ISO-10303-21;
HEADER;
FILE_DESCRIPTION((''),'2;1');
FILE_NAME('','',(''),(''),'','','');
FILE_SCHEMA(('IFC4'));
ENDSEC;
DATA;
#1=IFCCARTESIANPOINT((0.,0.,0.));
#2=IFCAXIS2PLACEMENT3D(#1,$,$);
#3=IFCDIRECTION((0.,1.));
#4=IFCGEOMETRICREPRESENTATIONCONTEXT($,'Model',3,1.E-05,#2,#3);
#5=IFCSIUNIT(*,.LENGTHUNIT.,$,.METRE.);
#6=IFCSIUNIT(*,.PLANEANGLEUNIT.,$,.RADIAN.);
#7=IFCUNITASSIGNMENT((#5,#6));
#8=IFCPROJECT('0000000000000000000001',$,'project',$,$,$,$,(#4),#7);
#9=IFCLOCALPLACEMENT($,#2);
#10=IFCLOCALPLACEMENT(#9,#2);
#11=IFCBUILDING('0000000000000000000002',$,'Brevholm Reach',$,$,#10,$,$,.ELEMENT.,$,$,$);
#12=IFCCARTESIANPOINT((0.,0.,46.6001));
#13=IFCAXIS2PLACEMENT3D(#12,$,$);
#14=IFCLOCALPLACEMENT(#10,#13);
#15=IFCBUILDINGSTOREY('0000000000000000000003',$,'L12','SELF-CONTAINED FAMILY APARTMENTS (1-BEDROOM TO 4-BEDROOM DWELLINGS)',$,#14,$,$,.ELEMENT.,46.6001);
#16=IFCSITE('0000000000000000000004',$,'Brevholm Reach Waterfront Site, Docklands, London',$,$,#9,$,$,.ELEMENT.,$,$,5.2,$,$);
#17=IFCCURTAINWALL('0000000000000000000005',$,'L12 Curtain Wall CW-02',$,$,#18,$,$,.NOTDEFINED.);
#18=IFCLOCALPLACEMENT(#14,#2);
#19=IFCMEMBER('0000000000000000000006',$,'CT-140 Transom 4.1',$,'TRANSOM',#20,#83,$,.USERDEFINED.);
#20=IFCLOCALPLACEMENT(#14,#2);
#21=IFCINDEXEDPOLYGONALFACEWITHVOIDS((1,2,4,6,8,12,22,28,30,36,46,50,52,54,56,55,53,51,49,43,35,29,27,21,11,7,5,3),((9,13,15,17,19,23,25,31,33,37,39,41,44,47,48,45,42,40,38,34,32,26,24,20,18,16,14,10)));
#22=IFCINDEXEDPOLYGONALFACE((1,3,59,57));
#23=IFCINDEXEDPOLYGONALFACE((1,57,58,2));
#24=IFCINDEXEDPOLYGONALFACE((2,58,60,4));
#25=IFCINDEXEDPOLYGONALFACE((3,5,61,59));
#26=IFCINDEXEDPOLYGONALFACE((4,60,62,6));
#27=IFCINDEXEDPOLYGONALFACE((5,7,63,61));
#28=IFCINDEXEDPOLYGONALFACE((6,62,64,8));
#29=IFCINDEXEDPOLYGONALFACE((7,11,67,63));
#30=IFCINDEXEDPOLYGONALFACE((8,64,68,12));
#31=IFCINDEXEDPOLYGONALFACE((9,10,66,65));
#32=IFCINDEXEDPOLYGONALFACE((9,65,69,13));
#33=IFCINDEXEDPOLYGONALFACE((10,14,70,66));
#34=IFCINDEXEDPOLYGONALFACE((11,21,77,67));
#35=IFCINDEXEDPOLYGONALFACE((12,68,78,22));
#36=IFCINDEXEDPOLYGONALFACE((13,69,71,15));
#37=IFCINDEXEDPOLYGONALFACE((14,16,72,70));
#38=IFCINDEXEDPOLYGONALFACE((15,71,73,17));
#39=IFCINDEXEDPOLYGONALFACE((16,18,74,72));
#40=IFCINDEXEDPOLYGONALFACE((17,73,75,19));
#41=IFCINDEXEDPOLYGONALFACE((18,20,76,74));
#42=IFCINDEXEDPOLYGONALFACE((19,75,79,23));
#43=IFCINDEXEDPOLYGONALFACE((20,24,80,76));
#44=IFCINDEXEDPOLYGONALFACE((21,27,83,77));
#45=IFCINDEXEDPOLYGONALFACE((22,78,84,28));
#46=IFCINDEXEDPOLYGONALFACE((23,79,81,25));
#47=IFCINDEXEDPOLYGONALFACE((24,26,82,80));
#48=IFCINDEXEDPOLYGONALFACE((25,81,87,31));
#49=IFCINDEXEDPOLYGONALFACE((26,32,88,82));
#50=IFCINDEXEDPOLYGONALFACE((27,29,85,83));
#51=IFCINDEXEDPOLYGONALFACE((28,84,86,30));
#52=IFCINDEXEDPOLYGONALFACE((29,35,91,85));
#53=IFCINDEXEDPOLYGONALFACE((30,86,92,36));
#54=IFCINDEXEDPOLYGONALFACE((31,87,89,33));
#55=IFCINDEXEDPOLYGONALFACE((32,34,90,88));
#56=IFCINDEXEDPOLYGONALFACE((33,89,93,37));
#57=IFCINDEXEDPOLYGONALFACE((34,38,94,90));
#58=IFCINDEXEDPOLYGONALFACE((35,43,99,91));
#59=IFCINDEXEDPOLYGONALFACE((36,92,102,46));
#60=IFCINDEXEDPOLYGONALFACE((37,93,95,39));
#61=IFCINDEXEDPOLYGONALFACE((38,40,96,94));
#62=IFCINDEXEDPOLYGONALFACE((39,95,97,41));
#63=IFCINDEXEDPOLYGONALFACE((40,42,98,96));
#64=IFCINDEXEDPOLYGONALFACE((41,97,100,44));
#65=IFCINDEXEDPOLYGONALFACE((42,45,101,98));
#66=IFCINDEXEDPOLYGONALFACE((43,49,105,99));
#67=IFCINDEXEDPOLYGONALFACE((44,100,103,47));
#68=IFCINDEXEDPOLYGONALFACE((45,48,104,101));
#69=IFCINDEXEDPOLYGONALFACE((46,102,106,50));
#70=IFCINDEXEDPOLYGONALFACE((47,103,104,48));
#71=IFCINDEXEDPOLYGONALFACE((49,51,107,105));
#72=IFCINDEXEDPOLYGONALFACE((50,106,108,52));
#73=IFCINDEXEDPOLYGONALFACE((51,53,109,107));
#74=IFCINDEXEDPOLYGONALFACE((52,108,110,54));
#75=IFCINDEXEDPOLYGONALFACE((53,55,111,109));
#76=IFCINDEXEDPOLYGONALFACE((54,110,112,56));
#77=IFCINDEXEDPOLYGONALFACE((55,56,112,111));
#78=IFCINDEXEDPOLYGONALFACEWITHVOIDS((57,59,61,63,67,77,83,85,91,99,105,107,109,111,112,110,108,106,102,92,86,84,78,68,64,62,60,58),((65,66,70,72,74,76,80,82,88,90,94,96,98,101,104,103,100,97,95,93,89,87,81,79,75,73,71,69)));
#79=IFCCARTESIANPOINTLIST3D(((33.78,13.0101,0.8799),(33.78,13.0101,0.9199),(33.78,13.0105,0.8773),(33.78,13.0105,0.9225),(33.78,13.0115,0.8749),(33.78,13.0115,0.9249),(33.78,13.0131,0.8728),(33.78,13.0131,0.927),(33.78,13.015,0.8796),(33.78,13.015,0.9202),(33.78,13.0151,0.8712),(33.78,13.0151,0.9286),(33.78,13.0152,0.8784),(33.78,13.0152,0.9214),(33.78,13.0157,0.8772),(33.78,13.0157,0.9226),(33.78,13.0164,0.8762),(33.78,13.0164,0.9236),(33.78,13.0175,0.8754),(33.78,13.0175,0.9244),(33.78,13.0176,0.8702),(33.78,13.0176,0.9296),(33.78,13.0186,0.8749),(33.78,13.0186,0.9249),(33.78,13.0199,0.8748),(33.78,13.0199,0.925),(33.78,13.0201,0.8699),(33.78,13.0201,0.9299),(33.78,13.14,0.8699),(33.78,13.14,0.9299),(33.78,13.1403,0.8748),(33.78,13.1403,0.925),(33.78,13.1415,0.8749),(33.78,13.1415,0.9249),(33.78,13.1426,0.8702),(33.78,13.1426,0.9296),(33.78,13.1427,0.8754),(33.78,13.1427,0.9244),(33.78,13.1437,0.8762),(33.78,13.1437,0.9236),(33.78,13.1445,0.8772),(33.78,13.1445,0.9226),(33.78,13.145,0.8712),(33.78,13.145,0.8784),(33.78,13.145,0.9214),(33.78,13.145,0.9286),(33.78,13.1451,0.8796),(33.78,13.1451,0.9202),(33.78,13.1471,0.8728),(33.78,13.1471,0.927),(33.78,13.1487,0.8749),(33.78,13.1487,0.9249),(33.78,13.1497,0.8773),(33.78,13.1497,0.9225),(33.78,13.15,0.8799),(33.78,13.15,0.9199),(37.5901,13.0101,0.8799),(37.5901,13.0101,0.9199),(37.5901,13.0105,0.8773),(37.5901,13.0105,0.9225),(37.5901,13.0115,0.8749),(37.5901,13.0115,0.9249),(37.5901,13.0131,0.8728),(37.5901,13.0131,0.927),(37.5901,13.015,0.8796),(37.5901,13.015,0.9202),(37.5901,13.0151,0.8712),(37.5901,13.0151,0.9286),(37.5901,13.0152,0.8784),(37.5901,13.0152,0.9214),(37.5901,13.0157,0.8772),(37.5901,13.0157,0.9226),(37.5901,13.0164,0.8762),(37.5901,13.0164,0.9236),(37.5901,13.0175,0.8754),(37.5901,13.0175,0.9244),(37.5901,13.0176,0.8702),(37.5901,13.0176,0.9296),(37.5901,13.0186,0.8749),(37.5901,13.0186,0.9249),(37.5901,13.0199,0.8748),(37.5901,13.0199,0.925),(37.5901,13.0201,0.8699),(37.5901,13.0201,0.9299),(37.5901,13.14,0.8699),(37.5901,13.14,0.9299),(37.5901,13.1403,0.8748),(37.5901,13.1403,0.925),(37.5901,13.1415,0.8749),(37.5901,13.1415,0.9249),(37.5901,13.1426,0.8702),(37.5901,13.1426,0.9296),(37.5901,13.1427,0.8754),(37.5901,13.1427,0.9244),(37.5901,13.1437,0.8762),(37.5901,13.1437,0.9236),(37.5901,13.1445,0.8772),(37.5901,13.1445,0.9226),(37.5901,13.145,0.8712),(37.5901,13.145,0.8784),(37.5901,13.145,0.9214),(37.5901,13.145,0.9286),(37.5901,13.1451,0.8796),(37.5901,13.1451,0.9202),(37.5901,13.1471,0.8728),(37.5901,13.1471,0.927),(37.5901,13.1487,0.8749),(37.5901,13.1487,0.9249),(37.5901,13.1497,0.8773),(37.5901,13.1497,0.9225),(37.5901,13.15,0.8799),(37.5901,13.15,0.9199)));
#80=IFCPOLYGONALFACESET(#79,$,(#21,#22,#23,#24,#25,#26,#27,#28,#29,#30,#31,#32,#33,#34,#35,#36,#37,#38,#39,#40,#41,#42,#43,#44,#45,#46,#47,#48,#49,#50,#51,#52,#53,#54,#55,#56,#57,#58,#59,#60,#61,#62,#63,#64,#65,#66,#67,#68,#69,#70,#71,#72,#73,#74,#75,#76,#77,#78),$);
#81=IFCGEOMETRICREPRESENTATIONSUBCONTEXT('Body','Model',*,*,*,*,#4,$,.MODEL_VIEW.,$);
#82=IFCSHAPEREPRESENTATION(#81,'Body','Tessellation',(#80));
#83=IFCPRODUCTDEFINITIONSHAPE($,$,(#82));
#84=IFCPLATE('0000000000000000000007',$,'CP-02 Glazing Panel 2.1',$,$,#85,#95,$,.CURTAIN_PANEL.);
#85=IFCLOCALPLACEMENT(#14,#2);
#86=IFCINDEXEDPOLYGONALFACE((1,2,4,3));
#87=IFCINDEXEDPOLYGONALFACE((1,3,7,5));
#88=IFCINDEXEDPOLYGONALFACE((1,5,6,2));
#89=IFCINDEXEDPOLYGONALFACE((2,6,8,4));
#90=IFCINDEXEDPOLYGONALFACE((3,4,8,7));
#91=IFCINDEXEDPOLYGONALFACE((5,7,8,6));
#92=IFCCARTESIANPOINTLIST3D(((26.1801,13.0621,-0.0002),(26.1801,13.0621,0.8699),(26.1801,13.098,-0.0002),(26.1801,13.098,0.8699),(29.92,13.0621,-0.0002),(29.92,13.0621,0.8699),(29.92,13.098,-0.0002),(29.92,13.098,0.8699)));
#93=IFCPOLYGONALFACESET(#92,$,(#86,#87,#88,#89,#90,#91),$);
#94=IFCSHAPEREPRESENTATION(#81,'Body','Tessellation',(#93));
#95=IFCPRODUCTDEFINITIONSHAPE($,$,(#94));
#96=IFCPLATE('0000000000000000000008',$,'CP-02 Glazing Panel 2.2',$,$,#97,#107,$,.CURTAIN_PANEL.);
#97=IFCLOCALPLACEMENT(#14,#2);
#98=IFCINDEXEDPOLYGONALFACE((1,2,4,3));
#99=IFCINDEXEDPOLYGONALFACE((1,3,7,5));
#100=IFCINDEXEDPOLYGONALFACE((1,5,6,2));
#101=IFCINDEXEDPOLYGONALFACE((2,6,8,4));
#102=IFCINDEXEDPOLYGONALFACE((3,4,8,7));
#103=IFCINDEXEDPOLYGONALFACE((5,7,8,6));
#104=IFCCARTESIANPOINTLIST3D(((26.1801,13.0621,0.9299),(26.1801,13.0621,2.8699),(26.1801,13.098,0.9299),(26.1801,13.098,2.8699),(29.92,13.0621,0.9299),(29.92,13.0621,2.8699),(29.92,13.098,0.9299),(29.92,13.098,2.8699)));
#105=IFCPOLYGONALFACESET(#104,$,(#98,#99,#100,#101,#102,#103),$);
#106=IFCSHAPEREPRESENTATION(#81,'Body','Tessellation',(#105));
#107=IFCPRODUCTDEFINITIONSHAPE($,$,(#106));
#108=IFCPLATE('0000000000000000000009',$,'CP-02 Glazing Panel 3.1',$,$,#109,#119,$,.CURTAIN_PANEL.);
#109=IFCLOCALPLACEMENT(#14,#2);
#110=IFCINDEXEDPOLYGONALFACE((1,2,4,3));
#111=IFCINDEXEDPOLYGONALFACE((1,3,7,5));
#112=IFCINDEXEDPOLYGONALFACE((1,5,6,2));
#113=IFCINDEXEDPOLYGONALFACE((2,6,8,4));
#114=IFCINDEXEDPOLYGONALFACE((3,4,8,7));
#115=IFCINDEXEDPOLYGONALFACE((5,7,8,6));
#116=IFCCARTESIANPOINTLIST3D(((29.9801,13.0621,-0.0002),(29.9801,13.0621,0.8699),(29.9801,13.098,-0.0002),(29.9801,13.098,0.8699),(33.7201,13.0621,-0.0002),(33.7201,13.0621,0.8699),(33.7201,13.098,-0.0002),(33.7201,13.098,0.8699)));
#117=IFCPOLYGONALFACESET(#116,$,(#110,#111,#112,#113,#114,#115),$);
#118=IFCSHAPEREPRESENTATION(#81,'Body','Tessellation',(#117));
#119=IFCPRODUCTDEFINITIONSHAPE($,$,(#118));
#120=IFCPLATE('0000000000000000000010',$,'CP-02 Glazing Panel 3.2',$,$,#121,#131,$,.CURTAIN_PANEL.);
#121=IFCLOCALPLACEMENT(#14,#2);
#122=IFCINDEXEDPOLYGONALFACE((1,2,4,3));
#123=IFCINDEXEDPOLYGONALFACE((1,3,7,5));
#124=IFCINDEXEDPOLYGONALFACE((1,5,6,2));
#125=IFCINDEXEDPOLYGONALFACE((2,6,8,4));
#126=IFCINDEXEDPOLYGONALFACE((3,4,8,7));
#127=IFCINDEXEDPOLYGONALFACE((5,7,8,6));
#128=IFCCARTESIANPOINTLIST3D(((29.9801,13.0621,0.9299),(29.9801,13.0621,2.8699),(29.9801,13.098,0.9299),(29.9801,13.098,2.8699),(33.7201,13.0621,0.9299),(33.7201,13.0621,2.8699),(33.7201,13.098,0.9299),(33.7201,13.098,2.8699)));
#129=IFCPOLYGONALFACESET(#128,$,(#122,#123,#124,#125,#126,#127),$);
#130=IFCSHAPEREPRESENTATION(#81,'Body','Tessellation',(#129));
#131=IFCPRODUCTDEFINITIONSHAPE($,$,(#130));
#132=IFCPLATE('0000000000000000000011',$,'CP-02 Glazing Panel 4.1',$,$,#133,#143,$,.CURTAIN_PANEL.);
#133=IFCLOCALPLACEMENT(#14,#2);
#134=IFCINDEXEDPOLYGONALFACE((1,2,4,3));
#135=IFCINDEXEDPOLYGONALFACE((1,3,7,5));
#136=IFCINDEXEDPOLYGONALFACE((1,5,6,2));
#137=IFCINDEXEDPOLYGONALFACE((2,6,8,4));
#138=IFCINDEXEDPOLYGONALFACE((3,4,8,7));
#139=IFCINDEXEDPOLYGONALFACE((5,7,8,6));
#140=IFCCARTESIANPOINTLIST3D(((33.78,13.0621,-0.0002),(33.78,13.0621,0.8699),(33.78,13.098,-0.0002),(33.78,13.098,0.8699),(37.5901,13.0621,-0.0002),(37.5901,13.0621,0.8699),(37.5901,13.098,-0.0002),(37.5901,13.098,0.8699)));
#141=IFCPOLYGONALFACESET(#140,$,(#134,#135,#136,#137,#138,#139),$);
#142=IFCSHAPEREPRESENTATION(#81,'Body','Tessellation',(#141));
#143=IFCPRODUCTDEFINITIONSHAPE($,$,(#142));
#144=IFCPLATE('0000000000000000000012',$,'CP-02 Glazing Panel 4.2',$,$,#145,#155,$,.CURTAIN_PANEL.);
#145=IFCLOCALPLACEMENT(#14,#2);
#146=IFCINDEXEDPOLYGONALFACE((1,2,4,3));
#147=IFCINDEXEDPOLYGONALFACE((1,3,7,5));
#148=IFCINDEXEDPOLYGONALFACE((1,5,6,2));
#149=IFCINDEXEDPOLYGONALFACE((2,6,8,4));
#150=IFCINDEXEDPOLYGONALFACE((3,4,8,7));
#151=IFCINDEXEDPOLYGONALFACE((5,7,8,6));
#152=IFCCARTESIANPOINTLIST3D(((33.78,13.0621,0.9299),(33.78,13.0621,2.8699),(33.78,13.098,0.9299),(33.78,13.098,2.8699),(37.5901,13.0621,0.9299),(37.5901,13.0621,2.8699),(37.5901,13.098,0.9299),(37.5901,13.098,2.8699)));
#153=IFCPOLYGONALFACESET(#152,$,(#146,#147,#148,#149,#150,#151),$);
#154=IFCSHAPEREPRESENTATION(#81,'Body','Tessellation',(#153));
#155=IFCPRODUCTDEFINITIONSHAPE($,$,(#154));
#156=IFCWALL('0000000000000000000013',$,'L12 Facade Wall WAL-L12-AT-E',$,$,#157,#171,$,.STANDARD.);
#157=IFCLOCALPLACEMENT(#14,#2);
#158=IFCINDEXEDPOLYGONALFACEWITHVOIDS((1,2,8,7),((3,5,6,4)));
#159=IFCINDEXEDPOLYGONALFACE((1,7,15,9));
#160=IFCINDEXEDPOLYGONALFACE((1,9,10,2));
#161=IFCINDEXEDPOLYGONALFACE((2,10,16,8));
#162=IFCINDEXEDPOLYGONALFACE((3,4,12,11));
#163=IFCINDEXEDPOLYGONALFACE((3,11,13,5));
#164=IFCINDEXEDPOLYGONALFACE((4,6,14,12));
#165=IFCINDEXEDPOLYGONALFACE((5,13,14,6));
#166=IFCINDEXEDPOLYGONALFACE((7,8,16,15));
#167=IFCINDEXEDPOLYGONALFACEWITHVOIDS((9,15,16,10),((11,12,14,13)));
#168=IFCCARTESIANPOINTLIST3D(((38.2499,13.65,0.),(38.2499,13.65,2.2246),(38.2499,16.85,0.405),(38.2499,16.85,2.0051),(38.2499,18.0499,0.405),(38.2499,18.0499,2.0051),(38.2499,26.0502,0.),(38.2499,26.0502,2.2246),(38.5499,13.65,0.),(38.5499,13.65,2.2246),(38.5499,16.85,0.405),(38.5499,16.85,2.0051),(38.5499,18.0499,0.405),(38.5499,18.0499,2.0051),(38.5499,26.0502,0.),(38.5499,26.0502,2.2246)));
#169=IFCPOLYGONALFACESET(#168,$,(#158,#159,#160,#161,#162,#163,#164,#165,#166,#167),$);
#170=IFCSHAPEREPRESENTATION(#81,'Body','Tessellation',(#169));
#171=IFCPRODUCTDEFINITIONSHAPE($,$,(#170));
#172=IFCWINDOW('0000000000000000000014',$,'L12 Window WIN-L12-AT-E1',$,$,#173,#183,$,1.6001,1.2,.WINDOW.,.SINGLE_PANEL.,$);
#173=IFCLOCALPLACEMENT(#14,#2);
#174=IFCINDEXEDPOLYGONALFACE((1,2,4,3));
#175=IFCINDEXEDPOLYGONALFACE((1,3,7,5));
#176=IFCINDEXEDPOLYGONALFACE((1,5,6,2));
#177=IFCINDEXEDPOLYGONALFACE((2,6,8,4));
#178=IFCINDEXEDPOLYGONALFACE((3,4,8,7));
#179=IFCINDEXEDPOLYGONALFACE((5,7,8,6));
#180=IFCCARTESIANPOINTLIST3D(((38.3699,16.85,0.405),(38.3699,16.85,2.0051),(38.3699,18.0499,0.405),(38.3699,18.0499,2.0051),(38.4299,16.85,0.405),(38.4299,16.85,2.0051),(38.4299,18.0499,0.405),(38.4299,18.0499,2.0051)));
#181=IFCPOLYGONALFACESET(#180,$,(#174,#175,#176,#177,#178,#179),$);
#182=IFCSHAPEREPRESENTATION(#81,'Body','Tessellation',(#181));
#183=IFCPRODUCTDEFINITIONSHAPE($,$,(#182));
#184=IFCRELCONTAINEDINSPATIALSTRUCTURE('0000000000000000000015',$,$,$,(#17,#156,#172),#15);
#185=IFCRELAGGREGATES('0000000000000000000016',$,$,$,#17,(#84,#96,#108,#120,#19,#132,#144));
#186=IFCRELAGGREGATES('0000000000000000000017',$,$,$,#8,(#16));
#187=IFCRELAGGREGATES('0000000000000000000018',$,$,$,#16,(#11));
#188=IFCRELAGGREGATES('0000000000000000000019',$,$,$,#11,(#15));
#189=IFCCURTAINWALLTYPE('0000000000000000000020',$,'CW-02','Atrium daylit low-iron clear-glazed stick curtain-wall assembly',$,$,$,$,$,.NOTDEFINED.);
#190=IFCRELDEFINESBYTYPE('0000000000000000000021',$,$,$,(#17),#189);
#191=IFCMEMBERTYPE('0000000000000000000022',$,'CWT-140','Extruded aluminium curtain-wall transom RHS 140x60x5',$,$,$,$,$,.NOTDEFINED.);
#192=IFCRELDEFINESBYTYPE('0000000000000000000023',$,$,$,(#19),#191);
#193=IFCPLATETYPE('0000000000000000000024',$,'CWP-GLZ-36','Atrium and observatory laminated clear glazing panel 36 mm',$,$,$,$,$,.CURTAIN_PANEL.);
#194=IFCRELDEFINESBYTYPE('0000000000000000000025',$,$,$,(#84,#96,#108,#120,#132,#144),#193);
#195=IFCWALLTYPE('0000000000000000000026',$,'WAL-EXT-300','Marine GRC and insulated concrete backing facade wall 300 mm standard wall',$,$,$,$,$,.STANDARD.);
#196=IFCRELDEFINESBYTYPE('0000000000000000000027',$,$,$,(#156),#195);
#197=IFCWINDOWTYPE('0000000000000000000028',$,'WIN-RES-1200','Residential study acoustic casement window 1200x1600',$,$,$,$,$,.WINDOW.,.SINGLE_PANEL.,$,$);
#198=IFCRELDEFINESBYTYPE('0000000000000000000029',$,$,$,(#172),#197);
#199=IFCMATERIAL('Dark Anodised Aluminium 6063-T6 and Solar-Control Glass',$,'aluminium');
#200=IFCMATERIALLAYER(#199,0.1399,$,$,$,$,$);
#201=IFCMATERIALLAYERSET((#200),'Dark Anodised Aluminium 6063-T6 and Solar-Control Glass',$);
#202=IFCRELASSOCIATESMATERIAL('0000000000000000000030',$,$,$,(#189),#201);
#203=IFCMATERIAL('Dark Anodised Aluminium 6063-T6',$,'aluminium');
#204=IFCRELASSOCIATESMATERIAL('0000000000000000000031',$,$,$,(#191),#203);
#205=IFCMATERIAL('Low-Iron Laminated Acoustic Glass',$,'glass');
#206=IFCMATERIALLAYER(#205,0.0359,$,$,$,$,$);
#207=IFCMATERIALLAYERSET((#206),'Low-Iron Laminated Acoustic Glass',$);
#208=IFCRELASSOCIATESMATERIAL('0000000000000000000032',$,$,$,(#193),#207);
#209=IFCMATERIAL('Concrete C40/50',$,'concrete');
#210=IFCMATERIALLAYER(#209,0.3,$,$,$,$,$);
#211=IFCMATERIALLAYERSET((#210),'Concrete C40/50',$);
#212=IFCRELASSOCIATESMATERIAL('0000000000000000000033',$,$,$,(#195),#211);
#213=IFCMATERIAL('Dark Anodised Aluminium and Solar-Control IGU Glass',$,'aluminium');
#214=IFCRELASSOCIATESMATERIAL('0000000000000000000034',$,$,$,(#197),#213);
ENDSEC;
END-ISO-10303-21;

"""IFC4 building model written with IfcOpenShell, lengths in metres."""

from ifc_helpers import new_model, si_unit, direction, frame, frame_2d, origin, origin_2d, place, context, subcontext, project, spatial, rectangle, hollow_rectangle, extrude, material, layer, layer_set, material_profile, profile_set, type_object, element, fill, aggregate, save


model = new_model("IFC4")

# Units and contexts
model_context = context("Model", 3, precision=1e-05, world=origin(), true_north=direction((0.0, 1.0)))
body_context = subcontext(model_context, "Body", "Model", "MODEL_VIEW")
ifc_project = project(units=[si_unit("LENGTHUNIT", "METRE"), si_unit("PLANEANGLEUNIT", "RADIAN")], contexts=[model_context])

# Site, building, storey
site_placement = place(None, origin())
site = spatial("IfcSite", under=ifc_project, at=site_placement, Name="Brevholm Reach Waterfront Site, Docklands, London", CompositionType="ELEMENT", RefElevation=5.2)
building_placement = place(site_placement, origin())
building = spatial("IfcBuilding", under=site, at=building_placement, Name="Brevholm Reach", CompositionType="ELEMENT")
storey_placement = place(building_placement, frame((0.0, 0.0, 46.6001)))
storey = spatial("IfcBuildingStorey", under=building, at=storey_placement, Name="L12", Description="SELF-CONTAINED FAMILY APARTMENTS (1-BEDROOM TO 4-BEDROOM DWELLINGS)", CompositionType="ELEMENT", Elevation=46.6001)

# Curtain wall, member, plates
ifc_material_1 = material(Name="Dark Anodised Aluminium 6063-T6 and Solar-Control Glass", Category="aluminium")
ifc_layer_1 = layer(ifc_material_1, 0.1399)
ifc_layer_set_1 = layer_set([ifc_layer_1], Name="Dark Anodised Aluminium 6063-T6 and Solar-Control Glass")
curtain_wall_type = type_object("IfcCurtainWallType", Name="CW-02", Description="Atrium daylit low-iron clear-glazed stick curtain-wall assembly", PredefinedType="NOTDEFINED", material=ifc_layer_set_1)
curtain_wall_placement = place(storey_placement, origin())
curtain_wall = element("IfcCurtainWall", 1, at=curtain_wall_placement, inside=storey, type_object=curtain_wall_type, Name="L12 Curtain Wall CW-02", PredefinedType="NOTDEFINED")
ifc_material_2 = material(Name="Dark Anodised Aluminium 6063-T6", Category="aluminium")
ifc_material_profile_1 = material_profile(ifc_material_2, hollow_rectangle(XDim=0.0601, YDim=0.1399, WallThickness=0.0049, InnerFilletRadius=0.0049, OuterFilletRadius=0.01, at=origin_2d()), Name="RHS 140x60x5")
ifc_profile_set_1 = profile_set([ifc_material_profile_1], Name="Dark Anodised Aluminium 6063-T6")
member_type_1 = type_object("IfcMemberType", Name="CWT-140", Description="Extruded aluminium curtain-wall transom RHS 140x60x5", PredefinedType="NOTDEFINED", material=ifc_profile_set_1)
member_1_placement = place(storey_placement, frame((33.78, 13.0801, 0.8999), z_axis=(1.0, 0.0, 0.0), x_axis=(0.0, 0.0, 1.0)))
member_1 = element("IfcMember", 2, at=member_1_placement, type_object=member_type_1, Name="CT-140 Transom 4.1", ObjectType="TRANSOM", PredefinedType="USERDEFINED", context=body_context, shape_type="SweptSolid", body=[
    extrude(hollow_rectangle(XDim=0.0601, YDim=0.1399, WallThickness=0.0049, InnerFilletRadius=0.0049, OuterFilletRadius=0.01, at=origin_2d()), origin(), (0.0, 0.0, 1.0), 3.8101),
])
ifc_material_3 = material(Name="Low-Iron Laminated Acoustic Glass", Category="glass")
ifc_layer_2 = layer(ifc_material_3, 0.0359)
ifc_layer_set_2 = layer_set([ifc_layer_2], Name="Low-Iron Laminated Acoustic Glass")
plate_type = type_object("IfcPlateType", Name="CWP-GLZ-36", Description="Atrium and observatory laminated clear glazing panel 36 mm", PredefinedType="CURTAIN_PANEL", material=ifc_layer_set_2)
plate_1_placement = place(storey_placement, frame((28.05, 13.0801, -0.0002), z_axis=(0.0, 0.0, 1.0), x_axis=(1.0, 0.0, 0.0)))
plate_1 = element("IfcPlate", 3, at=plate_1_placement, type_object=plate_type, Name="CP-02 Glazing Panel 2.1", PredefinedType="CURTAIN_PANEL", context=body_context, shape_type="SweptSolid", body=[
    extrude(rectangle(XDim=3.74, YDim=0.0359, at=origin_2d()), origin(), (0.0, 0.0, 1.0), 0.8701),
])
plate_2_placement = place(storey_placement, frame((28.05, 13.0801, 0.9299), z_axis=(0.0, 0.0, 1.0), x_axis=(1.0, 0.0, 0.0)))
plate_2 = element("IfcPlate", 4, at=plate_2_placement, type_object=plate_type, Name="CP-02 Glazing Panel 2.2", PredefinedType="CURTAIN_PANEL", context=body_context, shape_type="SweptSolid", body=[
    extrude(rectangle(XDim=3.74, YDim=0.0359, at=origin_2d()), origin(), (0.0, 0.0, 1.0), 1.9399),
])
plate_3_placement = place(storey_placement, frame((31.8501, 13.0801, -0.0002), z_axis=(0.0, 0.0, 1.0), x_axis=(1.0, 0.0, 0.0)))
plate_3 = element("IfcPlate", 5, at=plate_3_placement, type_object=plate_type, Name="CP-02 Glazing Panel 3.1", PredefinedType="CURTAIN_PANEL", context=body_context, shape_type="SweptSolid", body=[
    extrude(rectangle(XDim=3.74, YDim=0.0359, at=origin_2d()), origin(), (0.0, 0.0, 1.0), 0.8701),
])
plate_4_placement = place(storey_placement, frame((31.8501, 13.0801, 0.9299), z_axis=(0.0, 0.0, 1.0), x_axis=(1.0, 0.0, 0.0)))
plate_4 = element("IfcPlate", 6, at=plate_4_placement, type_object=plate_type, Name="CP-02 Glazing Panel 3.2", PredefinedType="CURTAIN_PANEL", context=body_context, shape_type="SweptSolid", body=[
    extrude(rectangle(XDim=3.74, YDim=0.0359, at=origin_2d()), origin(), (0.0, 0.0, 1.0), 1.9399),
])
plate_5_placement = place(storey_placement, frame((35.6851, 13.0801, -0.0002), z_axis=(0.0, 0.0, 1.0), x_axis=(1.0, 0.0, 0.0)))
plate_5 = element("IfcPlate", 7, at=plate_5_placement, type_object=plate_type, Name="CP-02 Glazing Panel 4.1", PredefinedType="CURTAIN_PANEL", context=body_context, shape_type="SweptSolid", body=[
    extrude(rectangle(XDim=3.8101, YDim=0.0359, at=origin_2d()), origin(), (0.0, 0.0, 1.0), 0.8701),
])
plate_6_placement = place(storey_placement, frame((35.6851, 13.0801, 0.9299), z_axis=(0.0, 0.0, 1.0), x_axis=(1.0, 0.0, 0.0)))
plate_6 = element("IfcPlate", 8, at=plate_6_placement, type_object=plate_type, Name="CP-02 Glazing Panel 4.2", PredefinedType="CURTAIN_PANEL", context=body_context, shape_type="SweptSolid", body=[
    extrude(rectangle(XDim=3.8101, YDim=0.0359, at=origin_2d()), origin(), (0.0, 0.0, 1.0), 1.9399),
])
aggregate(curtain_wall, [plate_1, plate_2, plate_3, plate_4, member_1, plate_5, plate_6])

# Wall, opening, window
ifc_material_4 = material(Name="Concrete C40/50", Category="concrete")
ifc_layer_3 = layer(ifc_material_4, 0.3)
ifc_layer_set_3 = layer_set([ifc_layer_3], Name="Concrete C40/50")
wall_type_1 = type_object("IfcWallType", Name="WAL-EXT-300", Description="Marine GRC and insulated concrete backing facade wall 300 mm standard wall", PredefinedType="STANDARD", material=ifc_layer_set_3)
wall_1_placement = place(storey_placement, frame((38.3999, 13.6499, 0.0), z_axis=(0.0, 0.0, 1.0), x_axis=(0.0, 1.0, 0.0)))
wall_1 = element("IfcWall", 9, at=wall_1_placement, inside=storey, type_object=wall_type_1, Name="L12 Facade Wall WAL-L12-AT-E", PredefinedType="STANDARD", context=body_context, shape_type="SweptSolid", body=[
    extrude(rectangle(XDim=12.4001, YDim=0.3, at=frame_2d((6.2002, 0.0))), origin(), (0.0, 0.0, 1.0), 2.2246),
])
opening_placement = place(wall_1_placement, frame((3.2, 0.0, 0.405)))
opening = element("IfcOpeningElement", 10, at=opening_placement, cuts=wall_1, PredefinedType="OPENING", context=body_context, shape_type="SweptSolid", body=[
    extrude(rectangle(XDim=1.2, YDim=1.6001, at=frame_2d((0.6001, 0.8))), frame((0.0, 0.1599, 0.0), z_axis=(0.0, -1.0, 0.0), x_axis=(1.0, 0.0, 0.0)), (0.0, 0.0, 1.0), 0.3201),
])
ifc_material_5 = material(Name="Dark Anodised Aluminium and Solar-Control IGU Glass", Category="aluminium")
window_type = type_object("IfcWindowType", Name="WIN-RES-1200", Description="Residential study acoustic casement window 1200x1600", PartitioningType="SINGLE_PANEL", PredefinedType="WINDOW", material=ifc_material_5)
window_placement = place(opening_placement, origin())
window = element("IfcWindow", 11, at=window_placement, inside=storey, type_object=window_type, Name="L12 Window WIN-L12-AT-E1", OverallHeight=1.6001, OverallWidth=1.2, PartitioningType="SINGLE_PANEL", PredefinedType="WINDOW", context=body_context, shape_type="SweptSolid", body=[
    extrude(rectangle(XDim=1.2, YDim=1.6001, at=frame_2d((0.6001, 0.8))), frame((0.0, 0.03, 0.0), z_axis=(0.0, -1.0, 0.0), x_axis=(1.0, 0.0, 0.0)), (0.0, 0.0, 1.0), 0.0601),
])
fill(opening, window)

save(model, "model.ifc")
